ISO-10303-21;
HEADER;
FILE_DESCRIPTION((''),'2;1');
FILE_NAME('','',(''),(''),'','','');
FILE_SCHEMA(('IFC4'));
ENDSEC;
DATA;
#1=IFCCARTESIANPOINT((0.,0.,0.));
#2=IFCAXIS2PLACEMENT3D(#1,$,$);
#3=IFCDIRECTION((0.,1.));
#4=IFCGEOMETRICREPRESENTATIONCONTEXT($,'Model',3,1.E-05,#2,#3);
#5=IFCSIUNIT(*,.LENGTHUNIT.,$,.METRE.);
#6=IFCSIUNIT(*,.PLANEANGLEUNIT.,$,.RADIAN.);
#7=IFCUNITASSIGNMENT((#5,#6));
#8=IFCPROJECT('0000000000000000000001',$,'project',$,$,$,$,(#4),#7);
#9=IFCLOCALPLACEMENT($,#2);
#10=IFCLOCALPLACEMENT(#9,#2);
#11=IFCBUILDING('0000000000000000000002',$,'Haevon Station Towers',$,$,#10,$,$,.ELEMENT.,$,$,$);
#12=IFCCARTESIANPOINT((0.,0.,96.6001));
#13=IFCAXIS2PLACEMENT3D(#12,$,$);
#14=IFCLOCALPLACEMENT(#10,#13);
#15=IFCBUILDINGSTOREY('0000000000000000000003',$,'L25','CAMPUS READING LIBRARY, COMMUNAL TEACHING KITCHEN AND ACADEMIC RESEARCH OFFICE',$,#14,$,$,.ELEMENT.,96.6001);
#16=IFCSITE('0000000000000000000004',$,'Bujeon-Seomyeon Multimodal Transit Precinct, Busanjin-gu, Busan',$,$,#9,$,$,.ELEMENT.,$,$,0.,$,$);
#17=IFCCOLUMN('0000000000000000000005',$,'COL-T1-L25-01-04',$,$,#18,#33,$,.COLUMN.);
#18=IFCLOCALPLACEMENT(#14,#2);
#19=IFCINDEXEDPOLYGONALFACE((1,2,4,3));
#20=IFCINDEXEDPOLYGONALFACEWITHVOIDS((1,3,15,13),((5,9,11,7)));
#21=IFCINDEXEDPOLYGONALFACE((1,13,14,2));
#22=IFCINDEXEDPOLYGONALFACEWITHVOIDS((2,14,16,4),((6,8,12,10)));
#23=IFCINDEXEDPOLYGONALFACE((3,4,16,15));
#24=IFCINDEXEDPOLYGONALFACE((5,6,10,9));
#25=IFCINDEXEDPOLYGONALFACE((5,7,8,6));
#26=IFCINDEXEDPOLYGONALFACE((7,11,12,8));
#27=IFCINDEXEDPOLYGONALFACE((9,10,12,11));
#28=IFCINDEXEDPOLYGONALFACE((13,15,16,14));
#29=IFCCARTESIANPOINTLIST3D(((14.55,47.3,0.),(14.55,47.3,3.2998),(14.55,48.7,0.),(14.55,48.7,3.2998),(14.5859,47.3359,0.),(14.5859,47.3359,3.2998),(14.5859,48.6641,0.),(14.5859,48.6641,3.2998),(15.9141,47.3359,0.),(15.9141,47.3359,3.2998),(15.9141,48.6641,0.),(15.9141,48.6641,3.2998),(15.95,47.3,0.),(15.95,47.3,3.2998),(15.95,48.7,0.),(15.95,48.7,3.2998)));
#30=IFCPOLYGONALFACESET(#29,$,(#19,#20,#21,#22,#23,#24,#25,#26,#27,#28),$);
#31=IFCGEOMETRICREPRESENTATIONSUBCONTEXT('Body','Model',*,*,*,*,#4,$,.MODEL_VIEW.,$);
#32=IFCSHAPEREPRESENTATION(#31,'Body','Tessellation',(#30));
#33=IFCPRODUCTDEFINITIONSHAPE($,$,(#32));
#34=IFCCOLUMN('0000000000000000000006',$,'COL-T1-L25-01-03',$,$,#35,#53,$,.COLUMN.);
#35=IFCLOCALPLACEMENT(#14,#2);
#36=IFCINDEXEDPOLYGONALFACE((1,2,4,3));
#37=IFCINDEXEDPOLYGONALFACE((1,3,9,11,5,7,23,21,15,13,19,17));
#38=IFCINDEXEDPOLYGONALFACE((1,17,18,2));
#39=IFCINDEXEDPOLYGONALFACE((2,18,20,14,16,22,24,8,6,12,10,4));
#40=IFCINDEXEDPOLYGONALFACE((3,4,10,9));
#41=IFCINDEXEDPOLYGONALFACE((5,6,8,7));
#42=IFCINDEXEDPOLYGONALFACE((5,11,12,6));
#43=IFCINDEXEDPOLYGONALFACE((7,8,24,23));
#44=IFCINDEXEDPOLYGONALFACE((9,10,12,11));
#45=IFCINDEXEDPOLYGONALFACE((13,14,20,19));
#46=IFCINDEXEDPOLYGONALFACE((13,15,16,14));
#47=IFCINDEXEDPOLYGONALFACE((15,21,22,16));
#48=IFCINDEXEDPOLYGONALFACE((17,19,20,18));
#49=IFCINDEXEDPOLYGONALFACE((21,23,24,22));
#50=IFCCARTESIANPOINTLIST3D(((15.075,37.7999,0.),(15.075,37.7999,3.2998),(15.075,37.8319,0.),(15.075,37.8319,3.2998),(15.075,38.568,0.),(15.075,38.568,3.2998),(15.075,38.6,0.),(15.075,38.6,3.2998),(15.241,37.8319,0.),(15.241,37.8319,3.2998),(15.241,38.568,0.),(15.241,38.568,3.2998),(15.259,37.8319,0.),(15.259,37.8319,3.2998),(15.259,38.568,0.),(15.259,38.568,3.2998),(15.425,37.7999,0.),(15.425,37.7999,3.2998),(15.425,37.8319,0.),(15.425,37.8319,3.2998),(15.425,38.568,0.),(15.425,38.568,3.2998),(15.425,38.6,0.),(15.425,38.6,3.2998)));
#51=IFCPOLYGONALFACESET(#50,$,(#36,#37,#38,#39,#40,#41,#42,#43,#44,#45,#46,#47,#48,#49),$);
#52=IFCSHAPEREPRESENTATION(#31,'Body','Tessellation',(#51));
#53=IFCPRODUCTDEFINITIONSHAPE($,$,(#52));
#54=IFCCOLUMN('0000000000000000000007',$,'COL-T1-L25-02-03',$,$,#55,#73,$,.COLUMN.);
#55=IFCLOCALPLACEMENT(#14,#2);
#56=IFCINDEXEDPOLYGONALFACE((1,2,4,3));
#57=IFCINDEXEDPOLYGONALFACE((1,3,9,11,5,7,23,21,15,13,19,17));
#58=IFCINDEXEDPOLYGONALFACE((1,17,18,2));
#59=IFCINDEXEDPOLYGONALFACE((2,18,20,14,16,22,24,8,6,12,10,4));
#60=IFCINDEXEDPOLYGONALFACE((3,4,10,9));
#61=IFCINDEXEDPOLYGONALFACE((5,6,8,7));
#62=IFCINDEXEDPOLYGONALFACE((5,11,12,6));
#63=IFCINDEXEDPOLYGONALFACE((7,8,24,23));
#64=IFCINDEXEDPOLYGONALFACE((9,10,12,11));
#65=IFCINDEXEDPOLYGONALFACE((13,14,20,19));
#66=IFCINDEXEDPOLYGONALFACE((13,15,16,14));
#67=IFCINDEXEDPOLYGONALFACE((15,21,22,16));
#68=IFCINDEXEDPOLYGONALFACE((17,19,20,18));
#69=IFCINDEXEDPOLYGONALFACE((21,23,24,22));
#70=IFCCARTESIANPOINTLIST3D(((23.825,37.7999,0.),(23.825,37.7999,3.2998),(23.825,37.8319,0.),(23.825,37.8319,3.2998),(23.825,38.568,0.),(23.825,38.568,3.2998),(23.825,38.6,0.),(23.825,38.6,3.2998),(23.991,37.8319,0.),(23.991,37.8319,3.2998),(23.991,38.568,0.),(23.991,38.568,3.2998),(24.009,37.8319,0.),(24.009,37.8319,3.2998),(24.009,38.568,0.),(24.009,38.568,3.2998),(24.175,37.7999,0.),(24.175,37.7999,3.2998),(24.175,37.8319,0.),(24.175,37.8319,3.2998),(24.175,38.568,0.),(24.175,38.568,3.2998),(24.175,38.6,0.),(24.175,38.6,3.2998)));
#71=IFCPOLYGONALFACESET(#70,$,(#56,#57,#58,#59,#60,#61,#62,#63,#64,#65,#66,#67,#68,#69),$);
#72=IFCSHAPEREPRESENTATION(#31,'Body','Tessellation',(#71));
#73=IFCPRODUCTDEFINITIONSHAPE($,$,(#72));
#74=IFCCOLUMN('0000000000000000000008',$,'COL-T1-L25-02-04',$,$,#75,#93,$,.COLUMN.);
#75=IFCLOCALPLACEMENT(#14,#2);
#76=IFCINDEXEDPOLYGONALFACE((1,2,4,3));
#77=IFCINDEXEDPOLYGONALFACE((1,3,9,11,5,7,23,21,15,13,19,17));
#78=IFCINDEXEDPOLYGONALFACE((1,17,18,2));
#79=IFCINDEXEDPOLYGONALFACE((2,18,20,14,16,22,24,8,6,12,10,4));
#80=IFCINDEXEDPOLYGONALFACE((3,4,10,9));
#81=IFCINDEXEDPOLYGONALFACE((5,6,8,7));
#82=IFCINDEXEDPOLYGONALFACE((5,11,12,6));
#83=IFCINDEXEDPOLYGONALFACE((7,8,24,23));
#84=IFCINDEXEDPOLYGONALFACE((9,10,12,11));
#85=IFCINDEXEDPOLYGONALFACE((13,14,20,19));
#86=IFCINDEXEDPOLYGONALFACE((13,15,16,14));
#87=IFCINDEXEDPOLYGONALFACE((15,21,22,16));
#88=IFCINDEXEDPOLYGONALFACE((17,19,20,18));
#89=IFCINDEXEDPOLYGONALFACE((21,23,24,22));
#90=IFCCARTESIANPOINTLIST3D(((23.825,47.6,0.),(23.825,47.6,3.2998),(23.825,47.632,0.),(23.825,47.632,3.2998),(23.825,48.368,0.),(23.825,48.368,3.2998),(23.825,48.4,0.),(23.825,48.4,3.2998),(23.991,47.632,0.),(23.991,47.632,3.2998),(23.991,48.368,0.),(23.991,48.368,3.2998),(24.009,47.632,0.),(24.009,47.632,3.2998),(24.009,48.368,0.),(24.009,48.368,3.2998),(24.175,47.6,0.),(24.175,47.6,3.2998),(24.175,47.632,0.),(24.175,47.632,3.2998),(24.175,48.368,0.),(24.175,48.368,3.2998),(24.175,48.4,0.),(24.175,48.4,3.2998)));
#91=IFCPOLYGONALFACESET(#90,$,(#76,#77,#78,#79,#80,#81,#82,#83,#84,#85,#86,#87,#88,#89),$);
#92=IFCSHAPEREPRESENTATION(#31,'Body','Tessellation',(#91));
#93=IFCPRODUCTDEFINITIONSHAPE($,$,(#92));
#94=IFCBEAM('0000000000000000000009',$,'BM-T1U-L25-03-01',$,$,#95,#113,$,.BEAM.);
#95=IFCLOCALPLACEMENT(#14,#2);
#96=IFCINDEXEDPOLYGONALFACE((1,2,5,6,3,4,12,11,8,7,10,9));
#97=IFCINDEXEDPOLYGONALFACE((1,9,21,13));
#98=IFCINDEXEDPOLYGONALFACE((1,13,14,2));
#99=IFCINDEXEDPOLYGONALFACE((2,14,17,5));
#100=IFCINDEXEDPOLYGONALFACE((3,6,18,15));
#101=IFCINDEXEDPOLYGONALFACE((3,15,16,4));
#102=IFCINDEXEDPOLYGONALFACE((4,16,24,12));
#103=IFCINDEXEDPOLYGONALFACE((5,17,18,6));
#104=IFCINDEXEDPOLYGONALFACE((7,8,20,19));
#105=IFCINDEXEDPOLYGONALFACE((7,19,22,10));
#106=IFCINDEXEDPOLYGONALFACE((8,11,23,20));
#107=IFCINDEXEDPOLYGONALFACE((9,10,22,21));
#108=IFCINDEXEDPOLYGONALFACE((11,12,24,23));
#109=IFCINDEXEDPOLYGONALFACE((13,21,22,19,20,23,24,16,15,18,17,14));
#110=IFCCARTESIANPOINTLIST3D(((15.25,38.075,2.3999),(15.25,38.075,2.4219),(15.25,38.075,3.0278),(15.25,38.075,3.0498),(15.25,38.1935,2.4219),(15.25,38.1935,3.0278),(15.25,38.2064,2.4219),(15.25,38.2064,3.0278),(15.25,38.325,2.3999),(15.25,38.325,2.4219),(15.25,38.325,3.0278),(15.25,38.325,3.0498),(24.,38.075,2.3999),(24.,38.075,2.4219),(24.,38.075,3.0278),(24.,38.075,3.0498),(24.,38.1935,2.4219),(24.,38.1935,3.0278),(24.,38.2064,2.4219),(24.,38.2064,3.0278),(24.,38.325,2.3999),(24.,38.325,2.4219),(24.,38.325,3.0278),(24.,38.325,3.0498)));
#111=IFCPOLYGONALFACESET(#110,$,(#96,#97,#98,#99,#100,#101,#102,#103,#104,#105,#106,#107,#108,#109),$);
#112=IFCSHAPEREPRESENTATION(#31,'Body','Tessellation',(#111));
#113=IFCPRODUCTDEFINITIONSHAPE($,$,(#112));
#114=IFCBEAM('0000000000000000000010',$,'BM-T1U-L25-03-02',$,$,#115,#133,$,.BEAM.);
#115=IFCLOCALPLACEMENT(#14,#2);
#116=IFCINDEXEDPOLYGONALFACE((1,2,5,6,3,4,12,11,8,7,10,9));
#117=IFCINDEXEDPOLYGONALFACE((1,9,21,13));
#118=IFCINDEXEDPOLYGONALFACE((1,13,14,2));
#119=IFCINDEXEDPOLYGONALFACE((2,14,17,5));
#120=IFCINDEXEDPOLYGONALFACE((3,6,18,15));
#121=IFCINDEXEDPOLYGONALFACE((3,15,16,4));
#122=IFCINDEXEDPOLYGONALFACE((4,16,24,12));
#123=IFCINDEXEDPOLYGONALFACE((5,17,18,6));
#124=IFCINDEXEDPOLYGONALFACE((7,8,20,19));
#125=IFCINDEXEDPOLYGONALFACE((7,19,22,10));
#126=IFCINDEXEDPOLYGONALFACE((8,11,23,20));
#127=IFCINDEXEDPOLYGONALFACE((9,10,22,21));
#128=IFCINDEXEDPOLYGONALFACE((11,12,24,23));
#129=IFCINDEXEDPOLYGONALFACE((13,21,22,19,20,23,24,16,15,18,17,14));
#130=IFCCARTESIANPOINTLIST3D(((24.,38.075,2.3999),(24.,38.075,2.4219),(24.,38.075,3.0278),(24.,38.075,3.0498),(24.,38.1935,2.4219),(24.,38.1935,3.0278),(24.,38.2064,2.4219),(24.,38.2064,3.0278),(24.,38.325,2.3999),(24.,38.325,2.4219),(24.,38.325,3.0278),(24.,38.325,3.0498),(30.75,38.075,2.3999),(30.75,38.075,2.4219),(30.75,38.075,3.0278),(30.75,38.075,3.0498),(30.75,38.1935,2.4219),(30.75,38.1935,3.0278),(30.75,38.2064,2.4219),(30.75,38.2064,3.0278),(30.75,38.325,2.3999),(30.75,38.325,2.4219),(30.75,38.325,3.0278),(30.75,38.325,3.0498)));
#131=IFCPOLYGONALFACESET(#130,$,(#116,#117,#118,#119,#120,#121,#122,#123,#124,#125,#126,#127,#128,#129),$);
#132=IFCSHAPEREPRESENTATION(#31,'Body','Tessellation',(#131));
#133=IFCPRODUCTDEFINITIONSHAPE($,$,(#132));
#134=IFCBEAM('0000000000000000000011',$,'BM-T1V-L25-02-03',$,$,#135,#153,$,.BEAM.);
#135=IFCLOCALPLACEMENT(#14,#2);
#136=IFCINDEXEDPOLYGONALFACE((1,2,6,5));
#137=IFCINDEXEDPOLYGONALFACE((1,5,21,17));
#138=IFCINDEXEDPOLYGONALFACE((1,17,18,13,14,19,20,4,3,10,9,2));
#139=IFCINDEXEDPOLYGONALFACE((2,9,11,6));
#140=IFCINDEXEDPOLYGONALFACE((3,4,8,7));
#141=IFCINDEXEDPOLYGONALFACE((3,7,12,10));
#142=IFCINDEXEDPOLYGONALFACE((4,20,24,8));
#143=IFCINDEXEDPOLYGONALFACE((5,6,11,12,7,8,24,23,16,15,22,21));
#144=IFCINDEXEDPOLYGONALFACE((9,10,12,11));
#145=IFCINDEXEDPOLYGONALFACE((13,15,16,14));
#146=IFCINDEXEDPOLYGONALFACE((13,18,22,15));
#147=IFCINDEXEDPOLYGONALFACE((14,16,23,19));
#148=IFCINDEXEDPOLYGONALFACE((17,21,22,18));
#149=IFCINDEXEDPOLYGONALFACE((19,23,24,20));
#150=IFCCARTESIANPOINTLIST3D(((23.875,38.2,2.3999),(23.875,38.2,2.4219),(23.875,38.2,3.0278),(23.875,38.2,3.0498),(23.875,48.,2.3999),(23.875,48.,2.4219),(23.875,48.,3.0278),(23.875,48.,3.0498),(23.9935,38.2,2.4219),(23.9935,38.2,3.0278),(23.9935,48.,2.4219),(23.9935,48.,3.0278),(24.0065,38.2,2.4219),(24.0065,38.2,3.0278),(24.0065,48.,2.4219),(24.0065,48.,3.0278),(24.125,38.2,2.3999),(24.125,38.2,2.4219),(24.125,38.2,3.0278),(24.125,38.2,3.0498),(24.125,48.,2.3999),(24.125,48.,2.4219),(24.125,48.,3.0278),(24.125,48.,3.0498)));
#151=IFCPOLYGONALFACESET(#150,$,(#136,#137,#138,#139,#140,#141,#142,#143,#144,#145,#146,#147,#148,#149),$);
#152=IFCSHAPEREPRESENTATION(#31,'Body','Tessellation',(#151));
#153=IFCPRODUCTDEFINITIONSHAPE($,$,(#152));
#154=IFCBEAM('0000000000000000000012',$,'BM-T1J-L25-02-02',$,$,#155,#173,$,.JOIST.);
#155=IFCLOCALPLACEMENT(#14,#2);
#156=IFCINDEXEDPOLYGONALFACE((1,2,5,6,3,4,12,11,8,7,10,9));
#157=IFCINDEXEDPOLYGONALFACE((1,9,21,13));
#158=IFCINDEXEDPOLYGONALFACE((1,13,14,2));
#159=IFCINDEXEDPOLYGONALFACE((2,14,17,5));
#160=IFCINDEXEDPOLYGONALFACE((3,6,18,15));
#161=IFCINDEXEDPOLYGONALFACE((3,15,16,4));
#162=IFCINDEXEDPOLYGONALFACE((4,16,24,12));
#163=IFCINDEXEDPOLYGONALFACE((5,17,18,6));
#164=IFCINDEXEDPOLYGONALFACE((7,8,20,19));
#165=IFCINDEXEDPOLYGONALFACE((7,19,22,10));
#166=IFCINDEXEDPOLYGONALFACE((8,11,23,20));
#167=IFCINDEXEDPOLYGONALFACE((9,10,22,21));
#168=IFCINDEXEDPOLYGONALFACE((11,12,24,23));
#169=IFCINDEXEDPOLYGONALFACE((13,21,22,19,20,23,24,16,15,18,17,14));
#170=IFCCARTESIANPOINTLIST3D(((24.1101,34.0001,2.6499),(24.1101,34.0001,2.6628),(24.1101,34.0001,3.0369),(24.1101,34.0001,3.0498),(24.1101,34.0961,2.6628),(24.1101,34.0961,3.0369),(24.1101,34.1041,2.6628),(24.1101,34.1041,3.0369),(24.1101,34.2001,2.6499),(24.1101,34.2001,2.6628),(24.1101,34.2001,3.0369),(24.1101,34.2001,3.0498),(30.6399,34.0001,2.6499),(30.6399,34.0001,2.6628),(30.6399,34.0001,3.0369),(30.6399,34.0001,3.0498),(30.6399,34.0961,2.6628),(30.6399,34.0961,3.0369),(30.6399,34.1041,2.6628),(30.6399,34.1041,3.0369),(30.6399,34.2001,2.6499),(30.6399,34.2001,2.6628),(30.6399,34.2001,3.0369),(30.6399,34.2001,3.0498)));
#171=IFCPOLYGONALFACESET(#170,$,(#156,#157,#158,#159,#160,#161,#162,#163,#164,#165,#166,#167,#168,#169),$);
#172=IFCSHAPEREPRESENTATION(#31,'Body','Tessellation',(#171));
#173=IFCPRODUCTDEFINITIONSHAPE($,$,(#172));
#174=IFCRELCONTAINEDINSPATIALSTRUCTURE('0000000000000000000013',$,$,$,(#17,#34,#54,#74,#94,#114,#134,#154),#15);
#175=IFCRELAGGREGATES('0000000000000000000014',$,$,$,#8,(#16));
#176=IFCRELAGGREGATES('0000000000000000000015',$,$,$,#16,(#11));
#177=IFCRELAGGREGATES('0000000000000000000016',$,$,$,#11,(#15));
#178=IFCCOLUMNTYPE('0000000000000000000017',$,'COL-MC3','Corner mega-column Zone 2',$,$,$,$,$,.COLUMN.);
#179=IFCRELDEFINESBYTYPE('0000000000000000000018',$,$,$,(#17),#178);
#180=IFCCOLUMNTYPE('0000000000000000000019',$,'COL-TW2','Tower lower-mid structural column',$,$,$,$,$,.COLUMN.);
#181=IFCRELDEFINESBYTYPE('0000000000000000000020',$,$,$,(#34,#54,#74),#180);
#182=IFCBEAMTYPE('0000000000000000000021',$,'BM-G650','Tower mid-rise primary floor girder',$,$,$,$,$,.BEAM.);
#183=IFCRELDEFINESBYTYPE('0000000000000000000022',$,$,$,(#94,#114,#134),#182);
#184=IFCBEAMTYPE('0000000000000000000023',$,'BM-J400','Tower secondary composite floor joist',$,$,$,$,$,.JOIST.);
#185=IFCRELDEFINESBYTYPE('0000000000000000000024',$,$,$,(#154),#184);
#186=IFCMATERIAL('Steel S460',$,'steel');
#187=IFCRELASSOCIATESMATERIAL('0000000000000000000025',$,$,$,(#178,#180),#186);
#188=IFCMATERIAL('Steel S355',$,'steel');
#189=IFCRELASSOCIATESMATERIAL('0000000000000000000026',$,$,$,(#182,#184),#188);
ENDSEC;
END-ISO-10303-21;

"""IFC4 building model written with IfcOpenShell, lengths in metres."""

from ifc_helpers import new_model, si_unit, direction, frame, origin, origin_2d, place, context, subcontext, project, spatial, hollow_rectangle, i_section, extrude, material, material_profile, profile_set, type_object, element, save


model = new_model("IFC4")

# Units and contexts
model_context = context("Model", 3, precision=1e-05, world=origin(), true_north=direction((0.0, 1.0)))
body_context = subcontext(model_context, "Body", "Model", "MODEL_VIEW")
ifc_project = project(units=[si_unit("LENGTHUNIT", "METRE"), si_unit("PLANEANGLEUNIT", "RADIAN")], contexts=[model_context])

# Site, building, storey
site_placement = place(None, origin())
site = spatial("IfcSite", under=ifc_project, at=site_placement, Name="Bujeon-Seomyeon Multimodal Transit Precinct, Busanjin-gu, Busan", CompositionType="ELEMENT", RefElevation=0.0)
building_placement = place(site_placement, origin())
building = spatial("IfcBuilding", under=site, at=building_placement, Name="Haevon Station Towers", CompositionType="ELEMENT")
storey_placement = place(building_placement, frame((0.0, 0.0, 96.6001)))
storey = spatial("IfcBuildingStorey", under=building, at=storey_placement, Name="L25", Description="CAMPUS READING LIBRARY, COMMUNAL TEACHING KITCHEN AND ACADEMIC RESEARCH OFFICE", CompositionType="ELEMENT", Elevation=96.6001)

# Columns
ifc_material_1 = material(Name="Steel S460", Category="steel")
ifc_material_profile_1 = material_profile(ifc_material_1, hollow_rectangle(XDim=1.3999, YDim=1.3999, WallThickness=0.0359, at=origin_2d()), Name="BOX-1400x1400x36")
ifc_profile_set_1 = profile_set([ifc_material_profile_1], Name="Steel S460")
column_type_1 = type_object("IfcColumnType", Name="COL-MC3", Description="Corner mega-column Zone 2", PredefinedType="COLUMN", material=ifc_profile_set_1)
column_placement = place(storey_placement, frame((15.25, 48.0, 0.0), z_axis=(0.0, 0.0, 1.0), x_axis=(1.0, 0.0, 0.0)))
element("IfcColumn", 1, at=column_placement, inside=storey, type_object=column_type_1, Name="COL-T1-L25-01-04", PredefinedType="COLUMN", context=body_context, shape_type="SweptSolid", body=[
    extrude(hollow_rectangle(XDim=1.3999, YDim=1.3999, WallThickness=0.0359, at=origin_2d()), origin(), (0.0, 0.0, 1.0), 3.2998),
])
ifc_material_profile_2 = material_profile(ifc_material_1, i_section(OverallWidth=0.3501, OverallDepth=0.8, WebThickness=0.0181, FlangeThickness=0.032, at=origin_2d()), Name="H-800x350x18x32")
ifc_profile_set_2 = profile_set([ifc_material_profile_2], Name="Steel S460")
column_type_2 = type_object("IfcColumnType", Name="COL-TW2", Description="Tower lower-mid structural column", PredefinedType="COLUMN", material=ifc_profile_set_2)
for number, where, z_axis, x_axis, name in (
    (2, (15.25, 38.2, 0.0), (0.0, 0.0, 1.0), (1.0, 0.0, 0.0), "COL-T1-L25-01-03"),
    (3, (24.0, 38.2, 0.0), (0.0, 0.0, 1.0), (1.0, 0.0, 0.0), "COL-T1-L25-02-03"),
    (4, (24.0, 48.0, 0.0), (0.0, 0.0, 1.0), (1.0, 0.0, 0.0), "COL-T1-L25-02-04"),
):
    element("IfcColumn", number, at=place(storey_placement, frame(where, z_axis=z_axis, x_axis=x_axis)), inside=storey, type_object=column_type_2, Name=name, PredefinedType="COLUMN", context=body_context, shape_type="SweptSolid", body=[
        extrude(i_section(OverallWidth=0.3501, OverallDepth=0.8, WebThickness=0.0181, FlangeThickness=0.032, at=origin_2d()), origin(), (0.0, 0.0, 1.0), 3.2998),
    ])

# Beams
ifc_material_2 = material(Name="Steel S355", Category="steel")
ifc_material_profile_3 = material_profile(ifc_material_2, i_section(OverallWidth=0.25, OverallDepth=0.6499, WebThickness=0.0129, FlangeThickness=0.022, at=origin_2d()), Name="H-650x250x13x22")
ifc_profile_set_3 = profile_set([ifc_material_profile_3], Name="Steel S355")
beam_type_1 = type_object("IfcBeamType", Name="BM-G650", Description="Tower mid-rise primary floor girder", PredefinedType="BEAM", material=ifc_profile_set_3)
beam_1_placement = place(storey_placement, frame((15.25, 38.2, 2.7249), z_axis=(1.0, 0.0, 0.0), x_axis=(0.0, 1.0, 0.0)))
element("IfcBeam", 5, at=beam_1_placement, inside=storey, type_object=beam_type_1, Name="BM-T1U-L25-03-01", PredefinedType="BEAM", context=body_context, shape_type="SweptSolid", body=[
    extrude(i_section(OverallWidth=0.25, OverallDepth=0.6499, WebThickness=0.0129, FlangeThickness=0.022, at=origin_2d()), origin(), (0.0, 0.0, 1.0), 8.75),
])
beam_2_placement = place(storey_placement, frame((24.0, 38.2, 2.7249), z_axis=(1.0, 0.0, 0.0), x_axis=(0.0, 1.0, 0.0)))
element("IfcBeam", 6, at=beam_2_placement, inside=storey, type_object=beam_type_1, Name="BM-T1U-L25-03-02", PredefinedType="BEAM", context=body_context, shape_type="SweptSolid", body=[
    extrude(i_section(OverallWidth=0.25, OverallDepth=0.6499, WebThickness=0.0129, FlangeThickness=0.022, at=origin_2d()), origin(), (0.0, 0.0, 1.0), 6.75),
])
beam_3_placement = place(storey_placement, frame((24.0, 38.2, 2.7249), z_axis=(0.0, 1.0, 0.0), x_axis=(-1.0, 0.0, 0.0)))
element("IfcBeam", 7, at=beam_3_placement, inside=storey, type_object=beam_type_1, Name="BM-T1V-L25-02-03", PredefinedType="BEAM", context=body_context, shape_type="SweptSolid", body=[
    extrude(i_section(OverallWidth=0.25, OverallDepth=0.6499, WebThickness=0.0129, FlangeThickness=0.022, at=origin_2d()), origin(), (0.0, 0.0, 1.0), 9.8),
])
ifc_material_profile_4 = material_profile(ifc_material_2, i_section(OverallWidth=0.2, OverallDepth=0.3999, WebThickness=0.0081, FlangeThickness=0.0129, at=origin_2d()), Name="H-400x200x8x13")
ifc_profile_set_4 = profile_set([ifc_material_profile_4], Name="Steel S355")
beam_type_2 = type_object("IfcBeamType", Name="BM-J400", Description="Tower secondary composite floor joist", PredefinedType="JOIST", material=ifc_profile_set_4)
beam_4_placement = place(storey_placement, frame((24.1101, 34.1001, 2.8499), z_axis=(1.0, 0.0, 0.0), x_axis=(0.0, 1.0, 0.0)))
element("IfcBeam", 8, at=beam_4_placement, inside=storey, type_object=beam_type_2, Name="BM-T1J-L25-02-02", PredefinedType="JOIST", context=body_context, shape_type="SweptSolid", body=[
    extrude(i_section(OverallWidth=0.2, OverallDepth=0.3999, WebThickness=0.0081, FlangeThickness=0.0129, at=origin_2d()), origin(), (0.0, 0.0, 1.0), 6.5298),
])

save(model, "model.ifc")
